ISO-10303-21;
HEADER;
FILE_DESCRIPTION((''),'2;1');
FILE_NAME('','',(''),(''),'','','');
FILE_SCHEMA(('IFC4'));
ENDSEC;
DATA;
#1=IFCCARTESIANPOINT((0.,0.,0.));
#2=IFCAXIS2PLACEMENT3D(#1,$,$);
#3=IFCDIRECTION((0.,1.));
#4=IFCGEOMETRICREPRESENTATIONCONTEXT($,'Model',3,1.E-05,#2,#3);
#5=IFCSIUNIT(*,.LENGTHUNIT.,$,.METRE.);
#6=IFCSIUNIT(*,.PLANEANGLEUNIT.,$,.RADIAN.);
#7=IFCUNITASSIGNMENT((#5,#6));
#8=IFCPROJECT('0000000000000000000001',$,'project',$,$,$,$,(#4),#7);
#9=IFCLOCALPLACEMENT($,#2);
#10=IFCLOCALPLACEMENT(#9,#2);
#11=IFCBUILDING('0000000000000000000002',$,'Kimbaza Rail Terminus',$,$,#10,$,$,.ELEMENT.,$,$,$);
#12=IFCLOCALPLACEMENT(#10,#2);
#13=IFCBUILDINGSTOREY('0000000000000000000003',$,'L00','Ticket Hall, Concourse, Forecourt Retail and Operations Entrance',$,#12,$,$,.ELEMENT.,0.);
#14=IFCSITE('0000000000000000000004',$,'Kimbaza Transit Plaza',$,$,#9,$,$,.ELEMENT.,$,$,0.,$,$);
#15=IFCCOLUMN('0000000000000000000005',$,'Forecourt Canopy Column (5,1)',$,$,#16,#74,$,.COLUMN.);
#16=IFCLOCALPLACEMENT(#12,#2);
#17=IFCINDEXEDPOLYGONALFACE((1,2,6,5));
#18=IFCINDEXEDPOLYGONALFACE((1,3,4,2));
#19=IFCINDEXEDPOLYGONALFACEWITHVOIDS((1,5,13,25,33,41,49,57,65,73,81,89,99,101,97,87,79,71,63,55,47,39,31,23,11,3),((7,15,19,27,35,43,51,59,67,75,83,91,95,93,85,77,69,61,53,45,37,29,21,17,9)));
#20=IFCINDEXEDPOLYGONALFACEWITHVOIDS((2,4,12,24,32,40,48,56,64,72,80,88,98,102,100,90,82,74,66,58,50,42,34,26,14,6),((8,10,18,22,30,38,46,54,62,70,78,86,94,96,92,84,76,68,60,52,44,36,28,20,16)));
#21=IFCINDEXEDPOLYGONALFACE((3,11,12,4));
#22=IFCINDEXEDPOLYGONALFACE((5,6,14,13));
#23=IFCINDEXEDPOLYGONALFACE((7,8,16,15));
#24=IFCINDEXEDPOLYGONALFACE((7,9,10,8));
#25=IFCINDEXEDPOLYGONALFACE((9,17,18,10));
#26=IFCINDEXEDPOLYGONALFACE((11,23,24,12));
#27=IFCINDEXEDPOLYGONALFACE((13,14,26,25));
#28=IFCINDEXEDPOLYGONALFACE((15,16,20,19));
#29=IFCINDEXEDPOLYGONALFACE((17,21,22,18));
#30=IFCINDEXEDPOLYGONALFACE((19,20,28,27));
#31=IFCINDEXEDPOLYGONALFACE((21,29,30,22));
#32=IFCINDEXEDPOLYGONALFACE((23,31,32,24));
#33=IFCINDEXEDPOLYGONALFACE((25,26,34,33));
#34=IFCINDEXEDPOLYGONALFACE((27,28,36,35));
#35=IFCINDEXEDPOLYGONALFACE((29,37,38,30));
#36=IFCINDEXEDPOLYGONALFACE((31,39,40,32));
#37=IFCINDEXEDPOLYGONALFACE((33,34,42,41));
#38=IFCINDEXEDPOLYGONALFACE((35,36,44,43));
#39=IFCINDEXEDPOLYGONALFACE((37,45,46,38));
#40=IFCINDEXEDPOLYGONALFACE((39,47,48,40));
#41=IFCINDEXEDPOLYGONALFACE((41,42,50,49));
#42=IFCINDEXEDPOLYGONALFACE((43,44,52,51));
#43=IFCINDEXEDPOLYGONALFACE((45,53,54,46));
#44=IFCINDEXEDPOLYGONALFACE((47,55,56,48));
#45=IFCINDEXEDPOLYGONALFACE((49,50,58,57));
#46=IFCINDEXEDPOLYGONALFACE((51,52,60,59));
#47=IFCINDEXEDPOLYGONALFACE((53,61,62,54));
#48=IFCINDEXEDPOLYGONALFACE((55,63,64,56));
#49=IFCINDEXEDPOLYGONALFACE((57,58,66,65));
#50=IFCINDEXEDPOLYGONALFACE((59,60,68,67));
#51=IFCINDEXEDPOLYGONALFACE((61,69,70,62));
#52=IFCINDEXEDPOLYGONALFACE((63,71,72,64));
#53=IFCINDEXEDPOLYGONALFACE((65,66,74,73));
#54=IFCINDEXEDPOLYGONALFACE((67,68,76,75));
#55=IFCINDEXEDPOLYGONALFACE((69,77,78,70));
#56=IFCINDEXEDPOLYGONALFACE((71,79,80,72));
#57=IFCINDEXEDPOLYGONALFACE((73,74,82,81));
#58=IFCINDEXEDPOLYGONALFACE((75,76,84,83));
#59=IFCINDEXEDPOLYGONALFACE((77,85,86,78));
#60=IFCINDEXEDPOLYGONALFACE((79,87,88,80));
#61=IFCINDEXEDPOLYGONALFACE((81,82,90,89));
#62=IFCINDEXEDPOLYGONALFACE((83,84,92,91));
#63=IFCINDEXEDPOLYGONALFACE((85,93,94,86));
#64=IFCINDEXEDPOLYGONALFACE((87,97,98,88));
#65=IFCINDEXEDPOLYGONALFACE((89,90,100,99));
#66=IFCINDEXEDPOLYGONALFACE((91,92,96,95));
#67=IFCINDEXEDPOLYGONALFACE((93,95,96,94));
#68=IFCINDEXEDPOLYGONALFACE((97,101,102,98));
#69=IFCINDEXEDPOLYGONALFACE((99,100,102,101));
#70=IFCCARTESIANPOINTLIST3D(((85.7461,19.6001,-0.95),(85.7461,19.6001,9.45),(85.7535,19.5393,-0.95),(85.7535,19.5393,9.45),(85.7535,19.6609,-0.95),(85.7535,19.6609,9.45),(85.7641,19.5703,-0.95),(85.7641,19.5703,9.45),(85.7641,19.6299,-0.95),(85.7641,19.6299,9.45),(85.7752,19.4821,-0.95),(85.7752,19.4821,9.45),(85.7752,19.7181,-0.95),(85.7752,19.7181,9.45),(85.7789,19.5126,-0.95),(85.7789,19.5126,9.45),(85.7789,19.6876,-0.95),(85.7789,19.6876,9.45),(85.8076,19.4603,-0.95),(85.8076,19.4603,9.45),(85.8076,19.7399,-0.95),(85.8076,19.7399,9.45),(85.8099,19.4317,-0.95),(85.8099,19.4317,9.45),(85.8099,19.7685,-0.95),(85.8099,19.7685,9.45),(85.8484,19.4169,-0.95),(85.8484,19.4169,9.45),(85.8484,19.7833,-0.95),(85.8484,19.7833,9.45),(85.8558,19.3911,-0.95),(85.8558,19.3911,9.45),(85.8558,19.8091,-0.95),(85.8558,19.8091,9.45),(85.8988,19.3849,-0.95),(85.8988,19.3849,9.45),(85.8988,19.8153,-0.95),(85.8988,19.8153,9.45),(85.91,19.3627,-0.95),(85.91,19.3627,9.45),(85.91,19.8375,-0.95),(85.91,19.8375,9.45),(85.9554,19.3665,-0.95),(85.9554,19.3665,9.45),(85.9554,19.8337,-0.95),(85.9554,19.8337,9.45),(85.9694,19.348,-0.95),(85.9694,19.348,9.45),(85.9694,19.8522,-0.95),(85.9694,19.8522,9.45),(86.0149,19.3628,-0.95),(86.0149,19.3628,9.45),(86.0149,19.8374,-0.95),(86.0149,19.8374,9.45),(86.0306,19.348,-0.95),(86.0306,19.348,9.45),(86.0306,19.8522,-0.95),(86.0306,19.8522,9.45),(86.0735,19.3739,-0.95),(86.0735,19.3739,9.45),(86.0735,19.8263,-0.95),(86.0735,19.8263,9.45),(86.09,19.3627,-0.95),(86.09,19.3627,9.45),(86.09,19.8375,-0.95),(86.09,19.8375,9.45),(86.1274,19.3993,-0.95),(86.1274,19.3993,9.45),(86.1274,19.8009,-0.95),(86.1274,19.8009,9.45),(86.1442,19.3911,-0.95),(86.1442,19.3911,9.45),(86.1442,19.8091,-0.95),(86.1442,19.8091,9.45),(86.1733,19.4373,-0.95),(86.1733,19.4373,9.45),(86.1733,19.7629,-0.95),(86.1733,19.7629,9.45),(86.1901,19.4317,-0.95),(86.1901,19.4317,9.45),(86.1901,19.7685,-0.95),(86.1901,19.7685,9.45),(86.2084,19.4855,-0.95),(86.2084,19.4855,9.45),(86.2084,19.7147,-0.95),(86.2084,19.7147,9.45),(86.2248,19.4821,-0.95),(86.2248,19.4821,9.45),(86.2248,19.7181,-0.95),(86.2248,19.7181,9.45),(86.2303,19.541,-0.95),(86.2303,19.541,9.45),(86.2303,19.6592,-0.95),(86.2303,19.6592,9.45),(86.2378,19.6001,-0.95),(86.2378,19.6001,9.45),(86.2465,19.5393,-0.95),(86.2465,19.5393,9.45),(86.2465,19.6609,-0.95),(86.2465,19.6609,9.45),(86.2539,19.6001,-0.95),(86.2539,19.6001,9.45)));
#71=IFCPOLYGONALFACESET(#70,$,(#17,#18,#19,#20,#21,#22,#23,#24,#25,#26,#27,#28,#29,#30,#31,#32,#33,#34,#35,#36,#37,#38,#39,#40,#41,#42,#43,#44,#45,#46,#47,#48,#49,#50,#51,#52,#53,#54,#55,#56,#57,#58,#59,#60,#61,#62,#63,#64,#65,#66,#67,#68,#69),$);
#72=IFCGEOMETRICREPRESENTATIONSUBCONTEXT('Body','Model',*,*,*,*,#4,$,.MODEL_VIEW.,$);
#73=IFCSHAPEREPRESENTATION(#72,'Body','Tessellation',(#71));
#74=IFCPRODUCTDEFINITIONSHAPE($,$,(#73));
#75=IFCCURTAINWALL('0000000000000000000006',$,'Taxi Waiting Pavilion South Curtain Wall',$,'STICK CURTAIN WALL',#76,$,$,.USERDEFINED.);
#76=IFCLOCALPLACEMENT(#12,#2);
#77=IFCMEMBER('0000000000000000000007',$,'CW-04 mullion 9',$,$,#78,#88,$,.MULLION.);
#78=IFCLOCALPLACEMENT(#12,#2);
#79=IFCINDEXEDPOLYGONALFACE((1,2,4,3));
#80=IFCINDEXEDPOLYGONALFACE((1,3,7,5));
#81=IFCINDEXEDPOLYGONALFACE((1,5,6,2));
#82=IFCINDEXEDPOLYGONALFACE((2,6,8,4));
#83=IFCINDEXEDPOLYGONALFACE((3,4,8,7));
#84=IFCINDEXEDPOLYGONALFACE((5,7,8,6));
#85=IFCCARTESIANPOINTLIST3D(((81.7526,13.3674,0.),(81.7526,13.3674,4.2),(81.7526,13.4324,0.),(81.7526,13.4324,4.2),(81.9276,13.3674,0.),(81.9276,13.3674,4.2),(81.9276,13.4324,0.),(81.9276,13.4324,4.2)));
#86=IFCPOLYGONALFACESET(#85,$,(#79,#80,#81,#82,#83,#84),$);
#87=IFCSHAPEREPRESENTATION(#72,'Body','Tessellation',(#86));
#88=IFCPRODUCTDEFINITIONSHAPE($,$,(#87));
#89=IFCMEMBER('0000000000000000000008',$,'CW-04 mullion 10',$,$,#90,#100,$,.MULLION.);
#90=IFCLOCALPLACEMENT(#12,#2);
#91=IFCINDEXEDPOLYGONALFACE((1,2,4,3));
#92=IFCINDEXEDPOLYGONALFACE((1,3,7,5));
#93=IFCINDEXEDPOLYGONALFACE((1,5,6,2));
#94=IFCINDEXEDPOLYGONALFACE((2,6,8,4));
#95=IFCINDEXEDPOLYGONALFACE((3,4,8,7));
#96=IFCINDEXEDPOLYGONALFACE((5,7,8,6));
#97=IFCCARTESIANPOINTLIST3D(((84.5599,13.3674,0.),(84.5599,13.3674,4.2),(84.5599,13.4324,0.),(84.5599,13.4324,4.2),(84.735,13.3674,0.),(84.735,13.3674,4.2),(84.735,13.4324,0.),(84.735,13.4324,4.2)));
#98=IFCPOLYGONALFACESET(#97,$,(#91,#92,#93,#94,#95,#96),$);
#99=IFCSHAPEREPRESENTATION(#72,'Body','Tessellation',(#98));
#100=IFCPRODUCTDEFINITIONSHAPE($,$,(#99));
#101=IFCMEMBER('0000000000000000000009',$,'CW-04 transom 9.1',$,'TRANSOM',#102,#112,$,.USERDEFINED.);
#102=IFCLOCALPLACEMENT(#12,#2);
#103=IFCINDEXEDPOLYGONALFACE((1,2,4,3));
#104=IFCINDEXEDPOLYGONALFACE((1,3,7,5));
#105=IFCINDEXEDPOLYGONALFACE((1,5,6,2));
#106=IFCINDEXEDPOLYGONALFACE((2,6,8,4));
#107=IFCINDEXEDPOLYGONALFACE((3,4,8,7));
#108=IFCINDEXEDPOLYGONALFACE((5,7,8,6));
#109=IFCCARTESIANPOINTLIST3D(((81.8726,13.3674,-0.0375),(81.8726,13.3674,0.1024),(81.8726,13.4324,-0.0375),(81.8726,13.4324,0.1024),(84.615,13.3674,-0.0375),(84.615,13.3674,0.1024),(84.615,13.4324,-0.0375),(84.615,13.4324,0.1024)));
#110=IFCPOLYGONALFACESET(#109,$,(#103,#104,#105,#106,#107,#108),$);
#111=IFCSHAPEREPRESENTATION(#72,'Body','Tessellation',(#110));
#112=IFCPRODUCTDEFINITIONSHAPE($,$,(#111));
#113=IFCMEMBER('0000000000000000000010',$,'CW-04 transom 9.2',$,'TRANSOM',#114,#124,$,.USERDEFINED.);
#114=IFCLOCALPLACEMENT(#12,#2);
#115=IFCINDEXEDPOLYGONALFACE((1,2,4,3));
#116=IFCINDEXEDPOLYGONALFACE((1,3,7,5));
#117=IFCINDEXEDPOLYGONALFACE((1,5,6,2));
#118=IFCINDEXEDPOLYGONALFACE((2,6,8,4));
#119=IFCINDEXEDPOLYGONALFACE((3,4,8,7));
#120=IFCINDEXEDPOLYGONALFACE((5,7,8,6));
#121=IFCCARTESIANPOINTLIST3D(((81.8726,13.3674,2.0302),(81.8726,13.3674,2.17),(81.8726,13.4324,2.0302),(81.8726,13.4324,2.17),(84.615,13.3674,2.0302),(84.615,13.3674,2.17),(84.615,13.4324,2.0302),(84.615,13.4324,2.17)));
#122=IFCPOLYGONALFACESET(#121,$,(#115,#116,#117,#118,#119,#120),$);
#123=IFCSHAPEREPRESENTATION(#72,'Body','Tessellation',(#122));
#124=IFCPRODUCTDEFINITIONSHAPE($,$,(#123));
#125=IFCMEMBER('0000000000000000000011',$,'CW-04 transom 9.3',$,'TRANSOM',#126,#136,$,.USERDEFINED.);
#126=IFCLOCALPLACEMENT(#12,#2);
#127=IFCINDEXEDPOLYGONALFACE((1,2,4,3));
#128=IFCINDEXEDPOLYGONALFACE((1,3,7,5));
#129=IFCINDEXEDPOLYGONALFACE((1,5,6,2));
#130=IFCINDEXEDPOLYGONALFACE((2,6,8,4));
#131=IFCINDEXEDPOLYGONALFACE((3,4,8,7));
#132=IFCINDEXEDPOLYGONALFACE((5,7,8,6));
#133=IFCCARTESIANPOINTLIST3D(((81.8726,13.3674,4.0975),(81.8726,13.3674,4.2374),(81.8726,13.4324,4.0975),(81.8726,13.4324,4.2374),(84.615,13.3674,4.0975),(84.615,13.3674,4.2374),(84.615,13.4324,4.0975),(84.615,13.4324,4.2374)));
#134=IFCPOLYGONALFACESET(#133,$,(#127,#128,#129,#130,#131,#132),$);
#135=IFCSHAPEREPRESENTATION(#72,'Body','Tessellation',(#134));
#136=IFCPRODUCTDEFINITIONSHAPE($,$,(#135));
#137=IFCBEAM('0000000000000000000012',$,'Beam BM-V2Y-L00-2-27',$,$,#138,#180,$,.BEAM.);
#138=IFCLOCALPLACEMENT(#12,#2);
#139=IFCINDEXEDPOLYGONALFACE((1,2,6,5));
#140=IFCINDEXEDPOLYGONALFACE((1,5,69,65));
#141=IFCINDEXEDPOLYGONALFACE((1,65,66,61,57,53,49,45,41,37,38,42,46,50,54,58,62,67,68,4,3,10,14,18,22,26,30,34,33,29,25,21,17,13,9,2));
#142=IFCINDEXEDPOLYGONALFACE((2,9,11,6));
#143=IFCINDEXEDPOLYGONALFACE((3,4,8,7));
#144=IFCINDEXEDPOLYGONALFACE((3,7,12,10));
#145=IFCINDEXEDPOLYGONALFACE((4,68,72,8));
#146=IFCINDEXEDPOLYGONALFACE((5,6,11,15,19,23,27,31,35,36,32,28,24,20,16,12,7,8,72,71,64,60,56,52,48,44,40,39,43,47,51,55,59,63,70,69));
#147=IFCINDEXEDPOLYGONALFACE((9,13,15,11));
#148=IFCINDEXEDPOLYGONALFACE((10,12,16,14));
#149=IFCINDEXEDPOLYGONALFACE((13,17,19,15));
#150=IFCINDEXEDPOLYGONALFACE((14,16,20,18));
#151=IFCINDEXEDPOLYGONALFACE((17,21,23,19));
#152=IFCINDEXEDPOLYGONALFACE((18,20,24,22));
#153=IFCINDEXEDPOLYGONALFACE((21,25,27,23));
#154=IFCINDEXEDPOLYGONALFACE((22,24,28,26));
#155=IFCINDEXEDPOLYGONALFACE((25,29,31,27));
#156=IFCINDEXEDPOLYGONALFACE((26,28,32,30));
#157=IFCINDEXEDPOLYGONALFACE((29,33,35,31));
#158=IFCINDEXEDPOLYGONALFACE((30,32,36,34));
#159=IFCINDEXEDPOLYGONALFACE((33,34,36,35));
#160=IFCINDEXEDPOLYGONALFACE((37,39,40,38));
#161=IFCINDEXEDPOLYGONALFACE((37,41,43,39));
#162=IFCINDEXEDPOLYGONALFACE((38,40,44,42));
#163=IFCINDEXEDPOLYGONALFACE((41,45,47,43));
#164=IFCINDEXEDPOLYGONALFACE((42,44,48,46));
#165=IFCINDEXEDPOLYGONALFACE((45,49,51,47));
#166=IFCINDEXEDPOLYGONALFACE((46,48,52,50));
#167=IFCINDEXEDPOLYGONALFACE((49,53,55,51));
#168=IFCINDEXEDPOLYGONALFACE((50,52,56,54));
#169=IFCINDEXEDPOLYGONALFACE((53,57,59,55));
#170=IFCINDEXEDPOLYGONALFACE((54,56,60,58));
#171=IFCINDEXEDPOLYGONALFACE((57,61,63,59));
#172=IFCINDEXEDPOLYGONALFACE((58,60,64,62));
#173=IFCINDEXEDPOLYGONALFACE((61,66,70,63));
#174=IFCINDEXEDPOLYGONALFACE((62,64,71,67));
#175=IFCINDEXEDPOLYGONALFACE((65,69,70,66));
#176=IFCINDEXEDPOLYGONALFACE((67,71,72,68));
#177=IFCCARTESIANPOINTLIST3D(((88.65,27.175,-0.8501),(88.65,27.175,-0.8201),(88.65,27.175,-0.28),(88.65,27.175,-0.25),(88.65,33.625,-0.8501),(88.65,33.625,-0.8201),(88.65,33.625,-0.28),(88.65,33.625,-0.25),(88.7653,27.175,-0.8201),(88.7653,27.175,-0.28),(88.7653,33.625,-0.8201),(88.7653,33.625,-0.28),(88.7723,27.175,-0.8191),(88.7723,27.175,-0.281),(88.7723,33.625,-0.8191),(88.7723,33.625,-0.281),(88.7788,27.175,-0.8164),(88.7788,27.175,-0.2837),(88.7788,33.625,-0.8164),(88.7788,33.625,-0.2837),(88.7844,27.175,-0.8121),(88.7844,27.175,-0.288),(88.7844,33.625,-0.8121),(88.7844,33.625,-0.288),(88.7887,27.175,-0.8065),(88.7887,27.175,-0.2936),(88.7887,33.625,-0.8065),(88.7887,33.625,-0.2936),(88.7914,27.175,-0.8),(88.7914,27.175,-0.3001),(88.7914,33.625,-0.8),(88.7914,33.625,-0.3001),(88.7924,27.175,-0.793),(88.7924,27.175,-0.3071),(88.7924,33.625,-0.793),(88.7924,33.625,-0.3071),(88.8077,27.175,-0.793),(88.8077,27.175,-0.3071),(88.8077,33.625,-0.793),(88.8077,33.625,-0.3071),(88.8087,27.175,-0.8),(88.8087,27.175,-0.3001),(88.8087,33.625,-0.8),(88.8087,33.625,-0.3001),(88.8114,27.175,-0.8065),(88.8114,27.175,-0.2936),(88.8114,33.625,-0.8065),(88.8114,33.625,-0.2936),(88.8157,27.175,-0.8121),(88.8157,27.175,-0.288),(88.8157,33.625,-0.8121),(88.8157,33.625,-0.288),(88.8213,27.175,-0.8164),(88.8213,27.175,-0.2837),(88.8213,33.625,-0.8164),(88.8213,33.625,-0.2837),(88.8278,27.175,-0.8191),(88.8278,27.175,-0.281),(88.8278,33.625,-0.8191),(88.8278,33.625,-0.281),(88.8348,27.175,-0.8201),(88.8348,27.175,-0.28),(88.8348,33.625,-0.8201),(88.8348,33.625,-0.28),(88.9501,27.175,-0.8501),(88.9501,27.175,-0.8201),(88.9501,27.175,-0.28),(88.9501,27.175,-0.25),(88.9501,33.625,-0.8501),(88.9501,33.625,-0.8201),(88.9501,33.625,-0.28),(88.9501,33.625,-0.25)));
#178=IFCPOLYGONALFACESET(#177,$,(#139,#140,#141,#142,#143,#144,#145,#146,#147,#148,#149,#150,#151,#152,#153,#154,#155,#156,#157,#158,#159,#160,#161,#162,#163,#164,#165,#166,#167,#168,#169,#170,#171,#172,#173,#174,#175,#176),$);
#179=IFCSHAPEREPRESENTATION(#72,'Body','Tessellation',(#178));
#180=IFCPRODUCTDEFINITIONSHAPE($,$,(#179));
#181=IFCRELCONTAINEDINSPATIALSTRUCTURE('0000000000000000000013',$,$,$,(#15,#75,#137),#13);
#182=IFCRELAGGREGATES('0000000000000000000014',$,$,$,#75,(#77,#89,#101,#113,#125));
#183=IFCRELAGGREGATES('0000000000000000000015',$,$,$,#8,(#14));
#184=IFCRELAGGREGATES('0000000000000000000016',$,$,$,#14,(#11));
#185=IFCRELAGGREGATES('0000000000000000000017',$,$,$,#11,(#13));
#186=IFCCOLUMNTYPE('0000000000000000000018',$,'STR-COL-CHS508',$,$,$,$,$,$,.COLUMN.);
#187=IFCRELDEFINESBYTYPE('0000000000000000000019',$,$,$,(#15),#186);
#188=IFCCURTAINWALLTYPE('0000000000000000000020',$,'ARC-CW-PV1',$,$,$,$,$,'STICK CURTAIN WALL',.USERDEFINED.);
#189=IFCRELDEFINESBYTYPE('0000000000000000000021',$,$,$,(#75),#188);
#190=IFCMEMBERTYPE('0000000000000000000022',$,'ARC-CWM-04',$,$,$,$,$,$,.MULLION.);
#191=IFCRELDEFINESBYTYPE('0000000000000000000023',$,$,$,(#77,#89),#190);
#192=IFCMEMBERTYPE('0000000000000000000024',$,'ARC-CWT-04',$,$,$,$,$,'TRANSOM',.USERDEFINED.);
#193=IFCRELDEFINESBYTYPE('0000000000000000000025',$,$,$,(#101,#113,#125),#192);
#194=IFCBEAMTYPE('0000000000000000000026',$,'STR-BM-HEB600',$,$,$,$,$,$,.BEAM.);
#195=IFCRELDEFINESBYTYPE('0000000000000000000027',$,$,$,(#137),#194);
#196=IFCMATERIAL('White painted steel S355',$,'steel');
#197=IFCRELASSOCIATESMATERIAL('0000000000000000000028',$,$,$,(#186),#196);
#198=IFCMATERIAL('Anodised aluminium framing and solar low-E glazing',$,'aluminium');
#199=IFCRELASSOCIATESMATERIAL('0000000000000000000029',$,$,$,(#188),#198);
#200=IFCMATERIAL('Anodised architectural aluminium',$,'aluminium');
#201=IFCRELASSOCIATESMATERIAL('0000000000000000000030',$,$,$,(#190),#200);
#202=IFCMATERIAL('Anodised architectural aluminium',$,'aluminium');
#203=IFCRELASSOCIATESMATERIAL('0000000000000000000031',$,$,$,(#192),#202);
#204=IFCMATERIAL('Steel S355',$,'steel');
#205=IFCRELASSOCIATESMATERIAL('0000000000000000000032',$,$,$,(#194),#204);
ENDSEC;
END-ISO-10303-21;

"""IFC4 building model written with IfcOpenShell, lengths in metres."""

from ifc_helpers import new_model, si_unit, direction, frame, origin, origin_2d, place, context, subcontext, project, spatial, rectangle, hollow_circle, i_section, extrude, material, material_profile, profile_set, type_object, element, aggregate, save


model = new_model("IFC4")

# Units and contexts
model_context = context("Model", 3, precision=1e-05, world=origin(), true_north=direction((0.0, 1.0)))
body_context = subcontext(model_context, "Body", "Model", "MODEL_VIEW")
ifc_project = project(units=[si_unit("LENGTHUNIT", "METRE"), si_unit("PLANEANGLEUNIT", "RADIAN")], contexts=[model_context])

# Site, building, storey
site_placement = place(None, origin())
site = spatial("IfcSite", under=ifc_project, at=site_placement, Name="Kimbaza Transit Plaza", CompositionType="ELEMENT", RefElevation=0.0)
building_placement = place(site_placement, origin())
building = spatial("IfcBuilding", under=site, at=building_placement, Name="Kimbaza Rail Terminus", CompositionType="ELEMENT")
storey_placement = place(building_placement, origin())
storey = spatial("IfcBuildingStorey", under=building, at=storey_placement, Name="L00", Description="Ticket Hall, Concourse, Forecourt Retail and Operations Entrance", CompositionType="ELEMENT", Elevation=0.0)

# Column
ifc_material_1 = material(Name="White painted steel S355", Category="steel")
ifc_material_profile_1 = material_profile(ifc_material_1, hollow_circle(Radius=0.2539, WallThickness=0.0161, at=origin_2d()), Name="CHS 508x16")
ifc_profile_set_1 = profile_set([ifc_material_profile_1], Name="White painted steel S355")
column_type_1 = type_object("IfcColumnType", Name="STR-COL-CHS508", PredefinedType="COLUMN", material=ifc_profile_set_1)
column_1_placement = place(storey_placement, frame((86.0, 19.6001, -0.95), z_axis=(0.0, 0.0, 1.0), x_axis=(1.0, 0.0, 0.0)))
element("IfcColumn", 1, at=column_1_placement, inside=storey, type_object=column_type_1, Name="Forecourt Canopy Column (5,1)", PredefinedType="COLUMN", context=body_context, shape_type="SweptSolid", body=[
    extrude(hollow_circle(Radius=0.2539, WallThickness=0.0161, at=origin_2d()), origin(), (0.0, 0.0, 1.0), 10.3999),
])

# Curtain wall, members
ifc_material_2 = material(Name="Anodised aluminium framing and solar low-E glazing", Category="aluminium")
curtain_wall_type = type_object("IfcCurtainWallType", Name="ARC-CW-PV1", ElementType="STICK CURTAIN WALL", PredefinedType="USERDEFINED", material=ifc_material_2)
curtain_wall_placement = place(storey_placement, origin())
curtain_wall = element("IfcCurtainWall", 2, at=curtain_wall_placement, inside=storey, type_object=curtain_wall_type, Name="Taxi Waiting Pavilion South Curtain Wall", ObjectType="STICK CURTAIN WALL", PredefinedType="USERDEFINED")
ifc_material_3 = material(Name="Anodised architectural aluminium", Category="aluminium")
ifc_material_profile_2 = material_profile(ifc_material_3, rectangle(XDim=0.0649, YDim=0.175, at=origin_2d()), Name="MULLION 65x175")
ifc_profile_set_2 = profile_set([ifc_material_profile_2], Name="Anodised architectural aluminium")
member_type_1 = type_object("IfcMemberType", Name="ARC-CWM-04", PredefinedType="MULLION", material=ifc_profile_set_2)
member_1_placement = place(storey_placement, frame((81.8401, 13.3999, 0.0), z_axis=(0.0, 0.0, 1.0), x_axis=(0.0, 1.0, 0.0)))
member_1 = element("IfcMember", 3, at=member_1_placement, type_object=member_type_1, Name="CW-04 mullion 9", PredefinedType="MULLION", context=body_context, shape_type="SweptSolid", body=[
    extrude(rectangle(XDim=0.0649, YDim=0.175, at=origin_2d()), origin(), (0.0, 0.0, 1.0), 4.2),
])
member_2_placement = place(storey_placement, frame((84.6475, 13.3999, 0.0), z_axis=(0.0, 0.0, 1.0), x_axis=(0.0, 1.0, 0.0)))
member_2 = element("IfcMember", 4, at=member_2_placement, type_object=member_type_1, Name="CW-04 mullion 10", PredefinedType="MULLION", context=body_context, shape_type="SweptSolid", body=[
    extrude(rectangle(XDim=0.0649, YDim=0.175, at=origin_2d()), origin(), (0.0, 0.0, 1.0), 4.2),
])
ifc_material_4 = material(Name="Anodised architectural aluminium", Category="aluminium")
ifc_material_profile_3 = material_profile(ifc_material_4, rectangle(XDim=0.0649, YDim=0.1399, at=origin_2d()), Name="TRANSOM 65x140")
ifc_profile_set_3 = profile_set([ifc_material_profile_3], Name="Anodised architectural aluminium")
member_type_2 = type_object("IfcMemberType", Name="ARC-CWT-04", ElementType="TRANSOM", PredefinedType="USERDEFINED", material=ifc_profile_set_3)
member_3_placement = place(storey_placement, frame((81.8726, 13.3999, 0.0325), z_axis=(1.0, 0.0, 0.0), x_axis=(0.0, 1.0, 0.0)))
member_3 = element("IfcMember", 5, at=member_3_placement, type_object=member_type_2, Name="CW-04 transom 9.1", ObjectType="TRANSOM", PredefinedType="USERDEFINED", context=body_context, shape_type="SweptSolid", body=[
    extrude(rectangle(XDim=0.0649, YDim=0.1399, at=origin_2d()), origin(), (0.0, 0.0, 1.0), 2.7424),
])
member_4_placement = place(storey_placement, frame((81.8726, 13.3999, 2.1001), z_axis=(1.0, 0.0, 0.0), x_axis=(0.0, 1.0, 0.0)))
member_4 = element("IfcMember", 6, at=member_4_placement, type_object=member_type_2, Name="CW-04 transom 9.2", ObjectType="TRANSOM", PredefinedType="USERDEFINED", context=body_context, shape_type="SweptSolid", body=[
    extrude(rectangle(XDim=0.0649, YDim=0.1399, at=origin_2d()), origin(), (0.0, 0.0, 1.0), 2.7424),
])
member_5_placement = place(storey_placement, frame((81.8726, 13.3999, 4.1675), z_axis=(1.0, 0.0, 0.0), x_axis=(0.0, 1.0, 0.0)))
member_5 = element("IfcMember", 7, at=member_5_placement, type_object=member_type_2, Name="CW-04 transom 9.3", ObjectType="TRANSOM", PredefinedType="USERDEFINED", context=body_context, shape_type="SweptSolid", body=[
    extrude(rectangle(XDim=0.0649, YDim=0.1399, at=origin_2d()), origin(), (0.0, 0.0, 1.0), 2.7424),
])

# Beam
ifc_material_5 = material(Name="Steel S355", Category="steel")
ifc_material_profile_4 = material_profile(ifc_material_5, i_section(OverallWidth=0.3, OverallDepth=0.6001, WebThickness=0.0154, FlangeThickness=0.03, FilletRadius=0.0271, at=origin_2d()), Name="HEB 600")
ifc_profile_set_4 = profile_set([ifc_material_profile_4], Name="Steel S355")
beam_type_1 = type_object("IfcBeamType", Name="STR-BM-HEB600", PredefinedType="BEAM", material=ifc_profile_set_4)
beam_1_placement = place(storey_placement, frame((88.8, 27.175, -0.55), z_axis=(0.0, 1.0, 0.0), x_axis=(-1.0, 0.0, 0.0)))
element("IfcBeam", 8, at=beam_1_placement, inside=storey, type_object=beam_type_1, Name="Beam BM-V2Y-L00-2-27", PredefinedType="BEAM", context=body_context, shape_type="SweptSolid", body=[
    extrude(i_section(OverallWidth=0.3, OverallDepth=0.6001, WebThickness=0.0154, FlangeThickness=0.03, FilletRadius=0.0271, at=origin_2d()), origin(), (0.0, 0.0, 1.0), 6.45),
])

aggregate(curtain_wall, [member_1, member_2, member_3, member_4, member_5])

save(model, "model.ifc")
